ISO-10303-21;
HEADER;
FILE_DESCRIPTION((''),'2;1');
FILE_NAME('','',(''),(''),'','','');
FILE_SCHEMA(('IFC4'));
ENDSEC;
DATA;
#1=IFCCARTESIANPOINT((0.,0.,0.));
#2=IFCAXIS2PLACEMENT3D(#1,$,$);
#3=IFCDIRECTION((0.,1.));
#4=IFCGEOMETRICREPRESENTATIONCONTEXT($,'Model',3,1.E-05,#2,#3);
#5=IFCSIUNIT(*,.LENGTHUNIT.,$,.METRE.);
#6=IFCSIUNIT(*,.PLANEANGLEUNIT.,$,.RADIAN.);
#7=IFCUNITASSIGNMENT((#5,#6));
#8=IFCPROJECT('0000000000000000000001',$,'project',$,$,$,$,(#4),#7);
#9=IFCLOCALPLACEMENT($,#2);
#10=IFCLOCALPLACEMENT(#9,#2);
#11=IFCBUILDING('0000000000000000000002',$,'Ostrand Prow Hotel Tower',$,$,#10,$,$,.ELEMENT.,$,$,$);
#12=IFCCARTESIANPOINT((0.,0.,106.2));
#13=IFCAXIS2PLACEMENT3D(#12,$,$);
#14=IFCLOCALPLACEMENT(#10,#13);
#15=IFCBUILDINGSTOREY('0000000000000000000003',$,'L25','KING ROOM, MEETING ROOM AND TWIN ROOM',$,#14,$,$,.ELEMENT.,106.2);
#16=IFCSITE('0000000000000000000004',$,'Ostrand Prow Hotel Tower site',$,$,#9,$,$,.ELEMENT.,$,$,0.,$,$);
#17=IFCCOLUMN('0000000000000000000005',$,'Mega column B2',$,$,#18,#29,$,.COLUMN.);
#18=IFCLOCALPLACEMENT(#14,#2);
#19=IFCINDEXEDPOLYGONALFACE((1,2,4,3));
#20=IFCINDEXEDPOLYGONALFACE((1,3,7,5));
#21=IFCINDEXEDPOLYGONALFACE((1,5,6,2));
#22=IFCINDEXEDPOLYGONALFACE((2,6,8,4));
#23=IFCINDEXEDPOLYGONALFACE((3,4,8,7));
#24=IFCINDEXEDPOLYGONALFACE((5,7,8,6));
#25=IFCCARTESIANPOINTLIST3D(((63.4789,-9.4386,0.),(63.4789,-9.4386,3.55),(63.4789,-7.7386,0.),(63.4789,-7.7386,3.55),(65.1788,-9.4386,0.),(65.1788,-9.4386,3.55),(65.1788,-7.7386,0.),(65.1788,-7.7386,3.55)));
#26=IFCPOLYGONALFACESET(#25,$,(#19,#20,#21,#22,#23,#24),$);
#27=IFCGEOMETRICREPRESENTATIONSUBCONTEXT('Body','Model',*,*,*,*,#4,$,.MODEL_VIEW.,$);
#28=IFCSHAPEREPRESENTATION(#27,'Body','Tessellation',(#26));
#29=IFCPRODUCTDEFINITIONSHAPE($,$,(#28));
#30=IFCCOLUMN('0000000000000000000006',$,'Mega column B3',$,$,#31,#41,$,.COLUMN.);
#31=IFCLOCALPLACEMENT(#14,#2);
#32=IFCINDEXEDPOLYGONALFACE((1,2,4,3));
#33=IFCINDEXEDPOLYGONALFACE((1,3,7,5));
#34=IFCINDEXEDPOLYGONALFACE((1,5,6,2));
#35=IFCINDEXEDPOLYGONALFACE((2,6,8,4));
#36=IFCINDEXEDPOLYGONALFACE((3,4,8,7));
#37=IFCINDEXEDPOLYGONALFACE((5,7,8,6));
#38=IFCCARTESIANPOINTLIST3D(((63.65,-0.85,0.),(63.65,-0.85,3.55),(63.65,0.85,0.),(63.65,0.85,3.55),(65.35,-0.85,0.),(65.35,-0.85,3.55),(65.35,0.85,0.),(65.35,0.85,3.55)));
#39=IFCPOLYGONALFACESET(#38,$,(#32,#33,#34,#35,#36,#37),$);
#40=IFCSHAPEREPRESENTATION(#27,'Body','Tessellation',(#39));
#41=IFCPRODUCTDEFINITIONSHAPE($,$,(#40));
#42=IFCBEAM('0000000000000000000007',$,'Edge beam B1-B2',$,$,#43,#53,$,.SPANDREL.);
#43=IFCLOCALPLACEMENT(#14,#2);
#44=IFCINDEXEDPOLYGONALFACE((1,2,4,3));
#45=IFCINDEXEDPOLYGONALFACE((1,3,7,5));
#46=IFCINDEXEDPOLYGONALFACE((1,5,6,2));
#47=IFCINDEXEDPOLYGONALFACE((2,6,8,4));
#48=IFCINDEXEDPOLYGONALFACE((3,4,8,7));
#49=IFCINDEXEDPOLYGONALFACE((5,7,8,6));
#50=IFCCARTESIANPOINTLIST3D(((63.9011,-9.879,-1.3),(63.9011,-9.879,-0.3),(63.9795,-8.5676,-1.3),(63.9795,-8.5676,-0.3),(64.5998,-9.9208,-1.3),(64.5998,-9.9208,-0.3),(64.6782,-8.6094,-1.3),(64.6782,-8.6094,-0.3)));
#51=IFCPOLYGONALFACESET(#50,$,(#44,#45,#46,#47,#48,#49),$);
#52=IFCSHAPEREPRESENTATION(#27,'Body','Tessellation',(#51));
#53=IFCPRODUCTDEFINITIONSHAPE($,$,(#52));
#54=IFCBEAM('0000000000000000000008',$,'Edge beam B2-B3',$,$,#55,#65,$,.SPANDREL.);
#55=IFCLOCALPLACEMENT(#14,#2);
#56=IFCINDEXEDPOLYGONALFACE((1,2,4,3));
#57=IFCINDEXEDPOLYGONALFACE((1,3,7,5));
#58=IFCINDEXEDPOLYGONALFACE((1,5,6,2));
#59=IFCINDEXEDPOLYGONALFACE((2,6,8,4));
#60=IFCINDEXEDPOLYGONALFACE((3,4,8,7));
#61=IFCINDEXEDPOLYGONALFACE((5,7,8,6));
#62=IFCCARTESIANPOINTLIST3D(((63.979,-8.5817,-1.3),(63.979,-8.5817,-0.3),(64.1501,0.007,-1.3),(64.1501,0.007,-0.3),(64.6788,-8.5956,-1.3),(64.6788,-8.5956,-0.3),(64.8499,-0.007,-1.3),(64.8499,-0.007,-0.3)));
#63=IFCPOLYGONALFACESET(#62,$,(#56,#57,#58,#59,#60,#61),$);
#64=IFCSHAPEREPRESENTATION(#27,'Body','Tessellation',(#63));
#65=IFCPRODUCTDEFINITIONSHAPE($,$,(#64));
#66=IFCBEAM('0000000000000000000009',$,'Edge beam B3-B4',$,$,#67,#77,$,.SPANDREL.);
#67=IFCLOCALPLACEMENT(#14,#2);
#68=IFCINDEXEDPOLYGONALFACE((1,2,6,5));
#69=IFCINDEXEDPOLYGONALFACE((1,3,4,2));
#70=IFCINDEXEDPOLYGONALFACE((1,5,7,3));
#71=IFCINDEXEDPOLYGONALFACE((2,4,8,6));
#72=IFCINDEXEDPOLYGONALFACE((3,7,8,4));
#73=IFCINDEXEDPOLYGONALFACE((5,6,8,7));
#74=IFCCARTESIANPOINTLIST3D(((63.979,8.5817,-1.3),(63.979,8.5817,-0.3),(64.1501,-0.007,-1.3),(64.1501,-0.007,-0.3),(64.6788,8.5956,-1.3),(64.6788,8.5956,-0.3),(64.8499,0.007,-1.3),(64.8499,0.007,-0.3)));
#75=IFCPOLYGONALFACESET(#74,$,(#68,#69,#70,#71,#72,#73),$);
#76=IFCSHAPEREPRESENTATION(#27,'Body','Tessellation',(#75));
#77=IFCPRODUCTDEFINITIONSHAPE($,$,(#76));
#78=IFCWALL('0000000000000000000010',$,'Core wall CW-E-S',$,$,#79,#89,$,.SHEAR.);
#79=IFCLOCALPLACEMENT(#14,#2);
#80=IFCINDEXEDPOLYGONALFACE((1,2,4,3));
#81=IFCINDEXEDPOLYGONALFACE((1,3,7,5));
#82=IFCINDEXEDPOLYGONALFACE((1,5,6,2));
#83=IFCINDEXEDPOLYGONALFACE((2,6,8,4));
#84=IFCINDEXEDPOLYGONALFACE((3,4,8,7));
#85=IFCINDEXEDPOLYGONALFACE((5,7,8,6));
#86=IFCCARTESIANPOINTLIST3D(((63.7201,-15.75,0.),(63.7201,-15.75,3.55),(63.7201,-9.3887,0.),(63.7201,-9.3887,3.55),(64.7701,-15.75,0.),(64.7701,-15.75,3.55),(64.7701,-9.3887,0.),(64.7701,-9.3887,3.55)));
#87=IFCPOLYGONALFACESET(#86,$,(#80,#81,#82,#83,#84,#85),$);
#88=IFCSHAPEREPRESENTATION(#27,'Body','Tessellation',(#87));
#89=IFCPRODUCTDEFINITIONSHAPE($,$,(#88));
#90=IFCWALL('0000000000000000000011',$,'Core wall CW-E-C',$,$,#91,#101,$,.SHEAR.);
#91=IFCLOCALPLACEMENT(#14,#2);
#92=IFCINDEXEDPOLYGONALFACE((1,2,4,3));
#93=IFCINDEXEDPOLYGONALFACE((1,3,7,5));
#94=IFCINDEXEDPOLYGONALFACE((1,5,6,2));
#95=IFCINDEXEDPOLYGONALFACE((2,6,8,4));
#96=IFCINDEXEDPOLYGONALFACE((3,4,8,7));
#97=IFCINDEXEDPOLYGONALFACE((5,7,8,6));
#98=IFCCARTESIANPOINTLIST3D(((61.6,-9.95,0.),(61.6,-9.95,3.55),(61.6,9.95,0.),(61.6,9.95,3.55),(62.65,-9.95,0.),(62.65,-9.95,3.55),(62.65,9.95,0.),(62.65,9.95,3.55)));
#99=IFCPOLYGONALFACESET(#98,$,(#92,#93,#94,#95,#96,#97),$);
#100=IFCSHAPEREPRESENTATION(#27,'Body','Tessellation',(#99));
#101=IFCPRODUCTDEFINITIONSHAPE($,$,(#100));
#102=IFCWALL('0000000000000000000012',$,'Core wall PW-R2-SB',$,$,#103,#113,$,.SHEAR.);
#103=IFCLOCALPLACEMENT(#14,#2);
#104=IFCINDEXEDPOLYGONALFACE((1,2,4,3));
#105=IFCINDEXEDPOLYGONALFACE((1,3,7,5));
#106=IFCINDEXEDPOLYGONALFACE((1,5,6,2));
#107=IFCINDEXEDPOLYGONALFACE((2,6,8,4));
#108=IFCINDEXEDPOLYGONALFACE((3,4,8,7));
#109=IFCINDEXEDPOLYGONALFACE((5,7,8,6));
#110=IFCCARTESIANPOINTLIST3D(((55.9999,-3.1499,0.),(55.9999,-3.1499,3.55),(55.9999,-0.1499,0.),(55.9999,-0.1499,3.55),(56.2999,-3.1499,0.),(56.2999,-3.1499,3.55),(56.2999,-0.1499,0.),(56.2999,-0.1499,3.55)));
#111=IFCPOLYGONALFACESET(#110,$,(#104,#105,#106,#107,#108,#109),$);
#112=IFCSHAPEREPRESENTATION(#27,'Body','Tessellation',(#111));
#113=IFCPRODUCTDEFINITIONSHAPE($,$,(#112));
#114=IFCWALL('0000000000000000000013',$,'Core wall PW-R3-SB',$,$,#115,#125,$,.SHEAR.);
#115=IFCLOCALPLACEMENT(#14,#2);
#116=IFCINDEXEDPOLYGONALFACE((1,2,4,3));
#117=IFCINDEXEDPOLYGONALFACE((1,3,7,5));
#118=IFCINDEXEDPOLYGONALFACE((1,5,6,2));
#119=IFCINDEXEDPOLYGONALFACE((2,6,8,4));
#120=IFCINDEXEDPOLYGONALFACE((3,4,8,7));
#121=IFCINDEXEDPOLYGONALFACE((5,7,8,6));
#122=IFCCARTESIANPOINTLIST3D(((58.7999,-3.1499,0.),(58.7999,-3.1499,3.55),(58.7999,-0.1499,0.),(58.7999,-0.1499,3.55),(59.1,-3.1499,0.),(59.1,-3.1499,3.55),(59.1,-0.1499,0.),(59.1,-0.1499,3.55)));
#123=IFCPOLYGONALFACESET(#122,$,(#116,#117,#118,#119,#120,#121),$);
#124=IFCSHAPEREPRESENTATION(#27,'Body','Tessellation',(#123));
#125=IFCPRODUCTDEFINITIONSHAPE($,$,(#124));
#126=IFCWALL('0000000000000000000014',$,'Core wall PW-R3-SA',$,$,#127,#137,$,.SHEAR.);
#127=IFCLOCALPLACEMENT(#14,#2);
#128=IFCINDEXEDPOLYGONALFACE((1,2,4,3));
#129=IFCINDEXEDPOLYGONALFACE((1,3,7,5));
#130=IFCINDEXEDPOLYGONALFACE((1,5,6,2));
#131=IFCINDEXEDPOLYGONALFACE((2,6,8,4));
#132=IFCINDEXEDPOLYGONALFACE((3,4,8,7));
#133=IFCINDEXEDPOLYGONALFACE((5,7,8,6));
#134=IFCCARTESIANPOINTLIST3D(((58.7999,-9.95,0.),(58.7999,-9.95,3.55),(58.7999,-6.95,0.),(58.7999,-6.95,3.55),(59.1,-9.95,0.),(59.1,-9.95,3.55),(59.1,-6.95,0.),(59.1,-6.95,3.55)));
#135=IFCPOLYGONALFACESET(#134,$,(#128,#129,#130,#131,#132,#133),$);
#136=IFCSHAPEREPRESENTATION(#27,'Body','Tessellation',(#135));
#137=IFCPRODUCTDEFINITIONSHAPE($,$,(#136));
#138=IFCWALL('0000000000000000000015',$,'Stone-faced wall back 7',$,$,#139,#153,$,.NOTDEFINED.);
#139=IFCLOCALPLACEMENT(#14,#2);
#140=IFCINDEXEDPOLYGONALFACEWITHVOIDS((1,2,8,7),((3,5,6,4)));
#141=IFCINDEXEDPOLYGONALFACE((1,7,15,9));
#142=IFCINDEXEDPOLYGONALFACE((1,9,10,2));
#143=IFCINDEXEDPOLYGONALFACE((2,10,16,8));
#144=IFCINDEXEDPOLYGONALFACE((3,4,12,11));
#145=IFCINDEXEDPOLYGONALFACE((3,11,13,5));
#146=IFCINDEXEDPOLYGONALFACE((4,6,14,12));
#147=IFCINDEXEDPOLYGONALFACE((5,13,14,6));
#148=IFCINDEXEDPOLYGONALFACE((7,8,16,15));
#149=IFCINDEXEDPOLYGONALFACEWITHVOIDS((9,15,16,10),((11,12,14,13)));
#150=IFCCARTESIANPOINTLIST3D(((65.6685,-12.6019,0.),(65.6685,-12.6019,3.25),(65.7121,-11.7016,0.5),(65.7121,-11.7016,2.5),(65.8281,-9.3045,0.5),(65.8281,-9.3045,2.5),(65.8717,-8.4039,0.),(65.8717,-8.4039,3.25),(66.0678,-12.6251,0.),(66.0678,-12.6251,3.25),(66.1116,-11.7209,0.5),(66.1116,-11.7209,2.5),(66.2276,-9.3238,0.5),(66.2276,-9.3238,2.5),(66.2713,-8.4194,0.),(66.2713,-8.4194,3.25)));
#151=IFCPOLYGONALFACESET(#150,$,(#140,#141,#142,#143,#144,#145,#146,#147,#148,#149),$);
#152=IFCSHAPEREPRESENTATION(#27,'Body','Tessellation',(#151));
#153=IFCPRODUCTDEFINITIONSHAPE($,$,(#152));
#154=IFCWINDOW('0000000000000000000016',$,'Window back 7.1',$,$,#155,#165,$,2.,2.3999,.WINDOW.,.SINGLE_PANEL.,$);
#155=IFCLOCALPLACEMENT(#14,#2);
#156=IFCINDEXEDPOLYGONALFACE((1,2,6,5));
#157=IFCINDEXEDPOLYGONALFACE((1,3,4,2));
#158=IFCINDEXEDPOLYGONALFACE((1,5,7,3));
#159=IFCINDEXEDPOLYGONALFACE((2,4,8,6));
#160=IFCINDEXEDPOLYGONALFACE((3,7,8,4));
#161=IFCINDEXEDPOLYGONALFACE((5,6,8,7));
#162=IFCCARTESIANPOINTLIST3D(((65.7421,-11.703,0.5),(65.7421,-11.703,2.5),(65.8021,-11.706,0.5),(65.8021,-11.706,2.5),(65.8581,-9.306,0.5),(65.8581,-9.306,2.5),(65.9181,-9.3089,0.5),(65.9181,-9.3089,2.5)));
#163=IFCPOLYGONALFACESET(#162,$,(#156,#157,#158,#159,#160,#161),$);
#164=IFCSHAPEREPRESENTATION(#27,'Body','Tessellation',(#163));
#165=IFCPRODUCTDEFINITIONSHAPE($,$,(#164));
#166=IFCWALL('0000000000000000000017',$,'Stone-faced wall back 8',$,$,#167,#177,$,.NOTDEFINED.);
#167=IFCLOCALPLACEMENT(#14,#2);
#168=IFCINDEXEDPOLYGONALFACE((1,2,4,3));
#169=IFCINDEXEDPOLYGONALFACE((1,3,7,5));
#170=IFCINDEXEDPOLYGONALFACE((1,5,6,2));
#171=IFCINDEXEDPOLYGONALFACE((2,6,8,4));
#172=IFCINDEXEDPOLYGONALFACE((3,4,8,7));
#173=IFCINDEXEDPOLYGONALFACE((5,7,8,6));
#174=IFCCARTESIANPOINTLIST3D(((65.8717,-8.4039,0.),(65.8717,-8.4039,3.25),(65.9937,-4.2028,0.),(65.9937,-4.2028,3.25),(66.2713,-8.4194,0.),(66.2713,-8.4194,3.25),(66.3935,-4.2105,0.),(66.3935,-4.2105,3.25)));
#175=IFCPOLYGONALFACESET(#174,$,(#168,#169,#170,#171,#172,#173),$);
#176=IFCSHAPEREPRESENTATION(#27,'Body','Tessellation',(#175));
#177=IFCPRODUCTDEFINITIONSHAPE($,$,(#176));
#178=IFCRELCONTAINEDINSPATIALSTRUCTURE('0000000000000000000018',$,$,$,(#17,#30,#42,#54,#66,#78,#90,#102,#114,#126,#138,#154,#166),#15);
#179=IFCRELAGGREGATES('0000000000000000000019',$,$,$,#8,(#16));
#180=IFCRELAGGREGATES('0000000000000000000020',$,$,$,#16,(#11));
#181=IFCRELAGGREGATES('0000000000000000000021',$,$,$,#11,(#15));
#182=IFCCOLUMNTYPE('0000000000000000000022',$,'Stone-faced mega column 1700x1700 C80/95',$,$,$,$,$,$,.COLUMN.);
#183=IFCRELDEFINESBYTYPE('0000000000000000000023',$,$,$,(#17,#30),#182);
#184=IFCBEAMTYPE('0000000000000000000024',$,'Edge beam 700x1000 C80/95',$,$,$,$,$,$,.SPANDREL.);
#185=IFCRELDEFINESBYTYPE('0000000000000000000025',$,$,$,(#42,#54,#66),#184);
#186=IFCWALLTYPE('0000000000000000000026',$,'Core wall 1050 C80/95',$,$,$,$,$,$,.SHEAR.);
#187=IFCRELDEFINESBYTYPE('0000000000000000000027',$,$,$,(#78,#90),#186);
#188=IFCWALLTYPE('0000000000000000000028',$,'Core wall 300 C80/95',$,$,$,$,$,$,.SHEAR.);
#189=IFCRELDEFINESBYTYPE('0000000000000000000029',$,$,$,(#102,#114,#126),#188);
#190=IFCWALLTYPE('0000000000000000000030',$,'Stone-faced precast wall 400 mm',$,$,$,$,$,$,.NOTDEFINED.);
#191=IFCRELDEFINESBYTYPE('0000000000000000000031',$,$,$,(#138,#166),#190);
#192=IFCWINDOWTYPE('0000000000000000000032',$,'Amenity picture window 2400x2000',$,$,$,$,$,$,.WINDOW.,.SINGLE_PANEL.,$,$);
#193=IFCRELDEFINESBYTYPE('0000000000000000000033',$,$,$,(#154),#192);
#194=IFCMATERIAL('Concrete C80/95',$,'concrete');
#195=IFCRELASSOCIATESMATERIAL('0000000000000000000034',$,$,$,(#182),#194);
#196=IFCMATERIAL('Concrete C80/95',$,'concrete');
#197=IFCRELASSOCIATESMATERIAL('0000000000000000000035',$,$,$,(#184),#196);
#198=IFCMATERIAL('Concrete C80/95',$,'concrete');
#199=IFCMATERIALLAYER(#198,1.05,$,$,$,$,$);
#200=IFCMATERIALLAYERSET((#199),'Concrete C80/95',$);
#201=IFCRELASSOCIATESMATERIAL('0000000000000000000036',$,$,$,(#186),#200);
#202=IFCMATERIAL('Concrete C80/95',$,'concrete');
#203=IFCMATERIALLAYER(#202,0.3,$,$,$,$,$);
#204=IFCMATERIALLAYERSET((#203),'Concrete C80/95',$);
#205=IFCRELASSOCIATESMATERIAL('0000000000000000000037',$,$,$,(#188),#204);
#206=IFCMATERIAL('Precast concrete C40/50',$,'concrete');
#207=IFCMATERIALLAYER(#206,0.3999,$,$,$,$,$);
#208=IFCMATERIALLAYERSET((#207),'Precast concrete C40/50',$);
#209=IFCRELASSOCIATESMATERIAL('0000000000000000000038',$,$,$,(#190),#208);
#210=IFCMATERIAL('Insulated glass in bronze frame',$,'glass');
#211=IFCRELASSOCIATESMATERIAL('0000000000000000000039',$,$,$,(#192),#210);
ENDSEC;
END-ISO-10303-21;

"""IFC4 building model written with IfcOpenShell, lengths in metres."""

from ifc_helpers import new_model, si_unit, direction, frame, frame_2d, origin, origin_2d, place, context, subcontext, project, spatial, polyline, rectangle, outline, extrude, material, layer, layer_set, material_profile, profile_set, type_object, element, fill, save


model = new_model("IFC4")

# Units and contexts
model_context = context("Model", 3, precision=1e-05, world=origin(), true_north=direction((0.0, 1.0)))
body_context = subcontext(model_context, "Body", "Model", "MODEL_VIEW")
ifc_project = project(units=[si_unit("LENGTHUNIT", "METRE"), si_unit("PLANEANGLEUNIT", "RADIAN")], contexts=[model_context])

# Site, building, storey
site_placement = place(None, origin())
site = spatial("IfcSite", under=ifc_project, at=site_placement, Name="Ostrand Prow Hotel Tower site", CompositionType="ELEMENT", RefElevation=0.0)
building_placement = place(site_placement, origin())
building = spatial("IfcBuilding", under=site, at=building_placement, Name="Ostrand Prow Hotel Tower", CompositionType="ELEMENT")
storey_placement = place(building_placement, frame((0.0, 0.0, 106.2)))
storey = spatial("IfcBuildingStorey", under=building, at=storey_placement, Name="L25", Description="KING ROOM, MEETING ROOM AND TWIN ROOM", CompositionType="ELEMENT", Elevation=106.2)

# Columns
ifc_material_1 = material(Name="Concrete C80/95", Category="concrete")
ifc_material_profile_1 = material_profile(ifc_material_1, rectangle(XDim=1.7, YDim=1.7, at=origin_2d()), Name="RC 1700x1700")
ifc_profile_set_1 = profile_set([ifc_material_profile_1], Name="Concrete C80/95")
column_type = type_object("IfcColumnType", Name="Stone-faced mega column 1700x1700 C80/95", PredefinedType="COLUMN", material=ifc_profile_set_1)
for number, where, z_axis, x_axis, name in (
    (1, (64.3289, -8.5886, 0.0), (0.0, 0.0, 1.0), (1.0, 0.0, 0.0), "Mega column B2"),
    (2, (64.5, 0.0, 0.0), (0.0, 0.0, 1.0), (1.0, 0.0, 0.0), "Mega column B3"),
):
    element("IfcColumn", number, at=place(storey_placement, frame(where, z_axis=z_axis, x_axis=x_axis)), inside=storey, type_object=column_type, Name=name, PredefinedType="COLUMN", context=body_context, shape_type="SweptSolid", body=[
        extrude(rectangle(XDim=1.7, YDim=1.7, at=origin_2d()), origin(), (0.0, 0.0, 1.0), 3.55),
    ])

# Beams
ifc_material_2 = material(Name="Concrete C80/95", Category="concrete")
ifc_material_profile_2 = material_profile(ifc_material_2, rectangle(XDim=0.7, YDim=1.0, at=origin_2d()), Name="RC 700x1000")
ifc_profile_set_2 = profile_set([ifc_material_profile_2], Name="Concrete C80/95")
beam_type = type_object("IfcBeamType", Name="Edge beam 700x1000 C80/95", PredefinedType="SPANDREL", material=ifc_profile_set_2)
beam_placement = place(storey_placement, frame((64.2505, -9.8999, -0.8), z_axis=(0.059659, 0.998219, 0.0), x_axis=(-0.998219, 0.059659, 0.0)))
element("IfcBeam", 3, at=beam_placement, inside=storey, type_object=beam_type, Name="Edge beam B1-B2", PredefinedType="SPANDREL", context=body_context, shape_type="SweptSolid", body=[
    extrude(rectangle(XDim=0.7, YDim=1.0, at=origin_2d()), origin(), (0.0, 0.0, 1.0), 1.3137),
])
for number, where, z_axis, x_axis, name in (
    (4, (64.3289, -8.5886, -0.8), (0.019923, 0.999802, 0.0), (-0.999802, 0.019923, 0.0), "Edge beam B2-B3"),
    (5, (64.5, 0.0, -0.8), (-0.019923, 0.999802, 0.0), (-0.999802, -0.019923, 0.0), "Edge beam B3-B4"),
):
    element("IfcBeam", number, at=place(storey_placement, frame(where, z_axis=z_axis, x_axis=x_axis)), inside=storey, type_object=beam_type, Name=name, PredefinedType="SPANDREL", context=body_context, shape_type="SweptSolid", body=[
        extrude(rectangle(XDim=0.7, YDim=1.0, at=origin_2d()), origin(), (0.0, 0.0, 1.0), 8.5903),
    ])

# Walls
ifc_material_3 = material(Name="Concrete C80/95", Category="concrete")
ifc_layer_1 = layer(ifc_material_3, 1.05)
ifc_layer_set_1 = layer_set([ifc_layer_1], Name="Concrete C80/95")
wall_type_1 = type_object("IfcWallType", Name="Core wall 1050 C80/95", PredefinedType="SHEAR", material=ifc_layer_set_1)
wall_1_placement = place(storey_placement, frame((64.2451, -15.75, 0.0), z_axis=(0.0, 0.0, 1.0), x_axis=(0.0, 1.0, 0.0)))
element("IfcWall", 6, at=wall_1_placement, inside=storey, type_object=wall_type_1, Name="Core wall CW-E-S", PredefinedType="SHEAR", context=body_context, shape_type="SweptSolid", body=[
    extrude(rectangle(XDim=6.3613, YDim=1.05, at=frame_2d((3.1807, 0.0))), origin(), (0.0, 0.0, 1.0), 3.55),
])
wall_2_placement = place(storey_placement, frame((62.125, -9.95, 0.0), z_axis=(0.0, 0.0, 1.0), x_axis=(0.0, 1.0, 0.0)))
element("IfcWall", 7, at=wall_2_placement, inside=storey, type_object=wall_type_1, Name="Core wall CW-E-C", PredefinedType="SHEAR", context=body_context, shape_type="SweptSolid", body=[
    extrude(rectangle(XDim=19.8999, YDim=1.05, at=frame_2d((9.95, 0.0))), origin(), (0.0, 0.0, 1.0), 3.55),
])
ifc_material_4 = material(Name="Concrete C80/95", Category="concrete")
ifc_layer_2 = layer(ifc_material_4, 0.3)
ifc_layer_set_2 = layer_set([ifc_layer_2], Name="Concrete C80/95")
wall_type_2 = type_object("IfcWallType", Name="Core wall 300 C80/95", PredefinedType="SHEAR", material=ifc_layer_set_2)
for number, where, z_axis, x_axis, name in (
    (8, (56.1499, -3.1499, 0.0), (0.0, 0.0, 1.0), (0.0, 1.0, 0.0), "Core wall PW-R2-SB"),
    (9, (58.95, -3.1499, 0.0), (0.0, 0.0, 1.0), (0.0, 1.0, 0.0), "Core wall PW-R3-SB"),
    (10, (58.95, -9.95, 0.0), (0.0, 0.0, 1.0), (0.0, 1.0, 0.0), "Core wall PW-R3-SA"),
):
    element("IfcWall", number, at=place(storey_placement, frame(where, z_axis=z_axis, x_axis=x_axis)), inside=storey, type_object=wall_type_2, Name=name, PredefinedType="SHEAR", context=body_context, shape_type="SweptSolid", body=[
        extrude(rectangle(XDim=3.0, YDim=0.3, at=frame_2d((1.5, 0.0))), origin(), (0.0, 0.0, 1.0), 3.55),
    ])

# Wall, opening, window
ifc_material_5 = material(Name="Precast concrete C40/50", Category="concrete")
ifc_layer_3 = layer(ifc_material_5, 0.3999)
ifc_layer_set_3 = layer_set([ifc_layer_3], Name="Precast concrete C40/50")
wall_type_3 = type_object("IfcWallType", Name="Stone-faced precast wall 400 mm", PredefinedType="NOTDEFINED", material=ifc_layer_set_3)
wall_3_placement = place(storey_placement, frame((65.8682, -12.6135, 0.0), z_axis=(0.0, 0.0, 1.0), x_axis=(0.048343, 0.998831, 0.0)))
wall_3 = element("IfcWall", 11, at=wall_3_placement, inside=storey, type_object=wall_type_3, Name="Stone-faced wall back 7", PredefinedType="NOTDEFINED", context=body_context, shape_type="SweptSolid", body=[
    extrude(outline(polyline([(-0.002, -0.2), (4.2087, -0.2), (4.2048, 0.2), (0.002, 0.2), (-0.002, -0.2)])), origin(), (0.0, 0.0, 1.0), 3.25),
])
opening_1_placement = place(wall_3_placement, frame((0.9033, 0.0, 0.5)))
opening_1 = element("IfcOpeningElement", 12, at=opening_1_placement, cuts=wall_3, PredefinedType="OPENING", context=body_context, shape_type="SweptSolid", body=[
    extrude(rectangle(XDim=2.3999, YDim=2.0, at=frame_2d((1.2, 1.0))), frame((0.0, 0.21, 0.0), z_axis=(0.0, -1.0, 0.0), x_axis=(1.0, 0.0, 0.0)), (0.0, 0.0, 1.0), 0.4199),
])
ifc_material_6 = material(Name="Insulated glass in bronze frame", Category="glass")
window_type = type_object("IfcWindowType", Name="Amenity picture window 2400x2000", PartitioningType="SINGLE_PANEL", PredefinedType="WINDOW", material=ifc_material_6)
window_1_placement = place(opening_1_placement, origin())
window_1 = element("IfcWindow", 13, at=window_1_placement, inside=storey, type_object=window_type, Name="Window back 7.1", OverallHeight=2.0, OverallWidth=2.3999, PartitioningType="SINGLE_PANEL", PredefinedType="WINDOW", context=body_context, shape_type="SweptSolid", body=[
    extrude(rectangle(XDim=2.3999, YDim=2.0, at=frame_2d((1.2, 1.0))), frame((0.0, 0.1699, 0.0), z_axis=(0.0, -1.0, 0.0), x_axis=(1.0, 0.0, 0.0)), (0.0, 0.0, 1.0), 0.0601),
])
fill(opening_1, window_1)

# Wall
wall_4_placement = place(storey_placement, frame((66.0715, -8.4116, 0.0), z_axis=(0.0, 0.0, 1.0), x_axis=(0.029017, 0.999579, 0.0)))
element("IfcWall", 14, at=wall_4_placement, inside=storey, type_object=wall_type_3, Name="Stone-faced wall back 8", PredefinedType="NOTDEFINED", context=body_context, shape_type="SweptSolid", body=[
    extrude(outline(polyline([(-0.002, -0.2), (4.2087, -0.2), (4.2048, 0.2), (0.002, 0.2), (-0.002, -0.2)])), origin(), (0.0, 0.0, 1.0), 3.25),
])

save(model, "model.ifc")
